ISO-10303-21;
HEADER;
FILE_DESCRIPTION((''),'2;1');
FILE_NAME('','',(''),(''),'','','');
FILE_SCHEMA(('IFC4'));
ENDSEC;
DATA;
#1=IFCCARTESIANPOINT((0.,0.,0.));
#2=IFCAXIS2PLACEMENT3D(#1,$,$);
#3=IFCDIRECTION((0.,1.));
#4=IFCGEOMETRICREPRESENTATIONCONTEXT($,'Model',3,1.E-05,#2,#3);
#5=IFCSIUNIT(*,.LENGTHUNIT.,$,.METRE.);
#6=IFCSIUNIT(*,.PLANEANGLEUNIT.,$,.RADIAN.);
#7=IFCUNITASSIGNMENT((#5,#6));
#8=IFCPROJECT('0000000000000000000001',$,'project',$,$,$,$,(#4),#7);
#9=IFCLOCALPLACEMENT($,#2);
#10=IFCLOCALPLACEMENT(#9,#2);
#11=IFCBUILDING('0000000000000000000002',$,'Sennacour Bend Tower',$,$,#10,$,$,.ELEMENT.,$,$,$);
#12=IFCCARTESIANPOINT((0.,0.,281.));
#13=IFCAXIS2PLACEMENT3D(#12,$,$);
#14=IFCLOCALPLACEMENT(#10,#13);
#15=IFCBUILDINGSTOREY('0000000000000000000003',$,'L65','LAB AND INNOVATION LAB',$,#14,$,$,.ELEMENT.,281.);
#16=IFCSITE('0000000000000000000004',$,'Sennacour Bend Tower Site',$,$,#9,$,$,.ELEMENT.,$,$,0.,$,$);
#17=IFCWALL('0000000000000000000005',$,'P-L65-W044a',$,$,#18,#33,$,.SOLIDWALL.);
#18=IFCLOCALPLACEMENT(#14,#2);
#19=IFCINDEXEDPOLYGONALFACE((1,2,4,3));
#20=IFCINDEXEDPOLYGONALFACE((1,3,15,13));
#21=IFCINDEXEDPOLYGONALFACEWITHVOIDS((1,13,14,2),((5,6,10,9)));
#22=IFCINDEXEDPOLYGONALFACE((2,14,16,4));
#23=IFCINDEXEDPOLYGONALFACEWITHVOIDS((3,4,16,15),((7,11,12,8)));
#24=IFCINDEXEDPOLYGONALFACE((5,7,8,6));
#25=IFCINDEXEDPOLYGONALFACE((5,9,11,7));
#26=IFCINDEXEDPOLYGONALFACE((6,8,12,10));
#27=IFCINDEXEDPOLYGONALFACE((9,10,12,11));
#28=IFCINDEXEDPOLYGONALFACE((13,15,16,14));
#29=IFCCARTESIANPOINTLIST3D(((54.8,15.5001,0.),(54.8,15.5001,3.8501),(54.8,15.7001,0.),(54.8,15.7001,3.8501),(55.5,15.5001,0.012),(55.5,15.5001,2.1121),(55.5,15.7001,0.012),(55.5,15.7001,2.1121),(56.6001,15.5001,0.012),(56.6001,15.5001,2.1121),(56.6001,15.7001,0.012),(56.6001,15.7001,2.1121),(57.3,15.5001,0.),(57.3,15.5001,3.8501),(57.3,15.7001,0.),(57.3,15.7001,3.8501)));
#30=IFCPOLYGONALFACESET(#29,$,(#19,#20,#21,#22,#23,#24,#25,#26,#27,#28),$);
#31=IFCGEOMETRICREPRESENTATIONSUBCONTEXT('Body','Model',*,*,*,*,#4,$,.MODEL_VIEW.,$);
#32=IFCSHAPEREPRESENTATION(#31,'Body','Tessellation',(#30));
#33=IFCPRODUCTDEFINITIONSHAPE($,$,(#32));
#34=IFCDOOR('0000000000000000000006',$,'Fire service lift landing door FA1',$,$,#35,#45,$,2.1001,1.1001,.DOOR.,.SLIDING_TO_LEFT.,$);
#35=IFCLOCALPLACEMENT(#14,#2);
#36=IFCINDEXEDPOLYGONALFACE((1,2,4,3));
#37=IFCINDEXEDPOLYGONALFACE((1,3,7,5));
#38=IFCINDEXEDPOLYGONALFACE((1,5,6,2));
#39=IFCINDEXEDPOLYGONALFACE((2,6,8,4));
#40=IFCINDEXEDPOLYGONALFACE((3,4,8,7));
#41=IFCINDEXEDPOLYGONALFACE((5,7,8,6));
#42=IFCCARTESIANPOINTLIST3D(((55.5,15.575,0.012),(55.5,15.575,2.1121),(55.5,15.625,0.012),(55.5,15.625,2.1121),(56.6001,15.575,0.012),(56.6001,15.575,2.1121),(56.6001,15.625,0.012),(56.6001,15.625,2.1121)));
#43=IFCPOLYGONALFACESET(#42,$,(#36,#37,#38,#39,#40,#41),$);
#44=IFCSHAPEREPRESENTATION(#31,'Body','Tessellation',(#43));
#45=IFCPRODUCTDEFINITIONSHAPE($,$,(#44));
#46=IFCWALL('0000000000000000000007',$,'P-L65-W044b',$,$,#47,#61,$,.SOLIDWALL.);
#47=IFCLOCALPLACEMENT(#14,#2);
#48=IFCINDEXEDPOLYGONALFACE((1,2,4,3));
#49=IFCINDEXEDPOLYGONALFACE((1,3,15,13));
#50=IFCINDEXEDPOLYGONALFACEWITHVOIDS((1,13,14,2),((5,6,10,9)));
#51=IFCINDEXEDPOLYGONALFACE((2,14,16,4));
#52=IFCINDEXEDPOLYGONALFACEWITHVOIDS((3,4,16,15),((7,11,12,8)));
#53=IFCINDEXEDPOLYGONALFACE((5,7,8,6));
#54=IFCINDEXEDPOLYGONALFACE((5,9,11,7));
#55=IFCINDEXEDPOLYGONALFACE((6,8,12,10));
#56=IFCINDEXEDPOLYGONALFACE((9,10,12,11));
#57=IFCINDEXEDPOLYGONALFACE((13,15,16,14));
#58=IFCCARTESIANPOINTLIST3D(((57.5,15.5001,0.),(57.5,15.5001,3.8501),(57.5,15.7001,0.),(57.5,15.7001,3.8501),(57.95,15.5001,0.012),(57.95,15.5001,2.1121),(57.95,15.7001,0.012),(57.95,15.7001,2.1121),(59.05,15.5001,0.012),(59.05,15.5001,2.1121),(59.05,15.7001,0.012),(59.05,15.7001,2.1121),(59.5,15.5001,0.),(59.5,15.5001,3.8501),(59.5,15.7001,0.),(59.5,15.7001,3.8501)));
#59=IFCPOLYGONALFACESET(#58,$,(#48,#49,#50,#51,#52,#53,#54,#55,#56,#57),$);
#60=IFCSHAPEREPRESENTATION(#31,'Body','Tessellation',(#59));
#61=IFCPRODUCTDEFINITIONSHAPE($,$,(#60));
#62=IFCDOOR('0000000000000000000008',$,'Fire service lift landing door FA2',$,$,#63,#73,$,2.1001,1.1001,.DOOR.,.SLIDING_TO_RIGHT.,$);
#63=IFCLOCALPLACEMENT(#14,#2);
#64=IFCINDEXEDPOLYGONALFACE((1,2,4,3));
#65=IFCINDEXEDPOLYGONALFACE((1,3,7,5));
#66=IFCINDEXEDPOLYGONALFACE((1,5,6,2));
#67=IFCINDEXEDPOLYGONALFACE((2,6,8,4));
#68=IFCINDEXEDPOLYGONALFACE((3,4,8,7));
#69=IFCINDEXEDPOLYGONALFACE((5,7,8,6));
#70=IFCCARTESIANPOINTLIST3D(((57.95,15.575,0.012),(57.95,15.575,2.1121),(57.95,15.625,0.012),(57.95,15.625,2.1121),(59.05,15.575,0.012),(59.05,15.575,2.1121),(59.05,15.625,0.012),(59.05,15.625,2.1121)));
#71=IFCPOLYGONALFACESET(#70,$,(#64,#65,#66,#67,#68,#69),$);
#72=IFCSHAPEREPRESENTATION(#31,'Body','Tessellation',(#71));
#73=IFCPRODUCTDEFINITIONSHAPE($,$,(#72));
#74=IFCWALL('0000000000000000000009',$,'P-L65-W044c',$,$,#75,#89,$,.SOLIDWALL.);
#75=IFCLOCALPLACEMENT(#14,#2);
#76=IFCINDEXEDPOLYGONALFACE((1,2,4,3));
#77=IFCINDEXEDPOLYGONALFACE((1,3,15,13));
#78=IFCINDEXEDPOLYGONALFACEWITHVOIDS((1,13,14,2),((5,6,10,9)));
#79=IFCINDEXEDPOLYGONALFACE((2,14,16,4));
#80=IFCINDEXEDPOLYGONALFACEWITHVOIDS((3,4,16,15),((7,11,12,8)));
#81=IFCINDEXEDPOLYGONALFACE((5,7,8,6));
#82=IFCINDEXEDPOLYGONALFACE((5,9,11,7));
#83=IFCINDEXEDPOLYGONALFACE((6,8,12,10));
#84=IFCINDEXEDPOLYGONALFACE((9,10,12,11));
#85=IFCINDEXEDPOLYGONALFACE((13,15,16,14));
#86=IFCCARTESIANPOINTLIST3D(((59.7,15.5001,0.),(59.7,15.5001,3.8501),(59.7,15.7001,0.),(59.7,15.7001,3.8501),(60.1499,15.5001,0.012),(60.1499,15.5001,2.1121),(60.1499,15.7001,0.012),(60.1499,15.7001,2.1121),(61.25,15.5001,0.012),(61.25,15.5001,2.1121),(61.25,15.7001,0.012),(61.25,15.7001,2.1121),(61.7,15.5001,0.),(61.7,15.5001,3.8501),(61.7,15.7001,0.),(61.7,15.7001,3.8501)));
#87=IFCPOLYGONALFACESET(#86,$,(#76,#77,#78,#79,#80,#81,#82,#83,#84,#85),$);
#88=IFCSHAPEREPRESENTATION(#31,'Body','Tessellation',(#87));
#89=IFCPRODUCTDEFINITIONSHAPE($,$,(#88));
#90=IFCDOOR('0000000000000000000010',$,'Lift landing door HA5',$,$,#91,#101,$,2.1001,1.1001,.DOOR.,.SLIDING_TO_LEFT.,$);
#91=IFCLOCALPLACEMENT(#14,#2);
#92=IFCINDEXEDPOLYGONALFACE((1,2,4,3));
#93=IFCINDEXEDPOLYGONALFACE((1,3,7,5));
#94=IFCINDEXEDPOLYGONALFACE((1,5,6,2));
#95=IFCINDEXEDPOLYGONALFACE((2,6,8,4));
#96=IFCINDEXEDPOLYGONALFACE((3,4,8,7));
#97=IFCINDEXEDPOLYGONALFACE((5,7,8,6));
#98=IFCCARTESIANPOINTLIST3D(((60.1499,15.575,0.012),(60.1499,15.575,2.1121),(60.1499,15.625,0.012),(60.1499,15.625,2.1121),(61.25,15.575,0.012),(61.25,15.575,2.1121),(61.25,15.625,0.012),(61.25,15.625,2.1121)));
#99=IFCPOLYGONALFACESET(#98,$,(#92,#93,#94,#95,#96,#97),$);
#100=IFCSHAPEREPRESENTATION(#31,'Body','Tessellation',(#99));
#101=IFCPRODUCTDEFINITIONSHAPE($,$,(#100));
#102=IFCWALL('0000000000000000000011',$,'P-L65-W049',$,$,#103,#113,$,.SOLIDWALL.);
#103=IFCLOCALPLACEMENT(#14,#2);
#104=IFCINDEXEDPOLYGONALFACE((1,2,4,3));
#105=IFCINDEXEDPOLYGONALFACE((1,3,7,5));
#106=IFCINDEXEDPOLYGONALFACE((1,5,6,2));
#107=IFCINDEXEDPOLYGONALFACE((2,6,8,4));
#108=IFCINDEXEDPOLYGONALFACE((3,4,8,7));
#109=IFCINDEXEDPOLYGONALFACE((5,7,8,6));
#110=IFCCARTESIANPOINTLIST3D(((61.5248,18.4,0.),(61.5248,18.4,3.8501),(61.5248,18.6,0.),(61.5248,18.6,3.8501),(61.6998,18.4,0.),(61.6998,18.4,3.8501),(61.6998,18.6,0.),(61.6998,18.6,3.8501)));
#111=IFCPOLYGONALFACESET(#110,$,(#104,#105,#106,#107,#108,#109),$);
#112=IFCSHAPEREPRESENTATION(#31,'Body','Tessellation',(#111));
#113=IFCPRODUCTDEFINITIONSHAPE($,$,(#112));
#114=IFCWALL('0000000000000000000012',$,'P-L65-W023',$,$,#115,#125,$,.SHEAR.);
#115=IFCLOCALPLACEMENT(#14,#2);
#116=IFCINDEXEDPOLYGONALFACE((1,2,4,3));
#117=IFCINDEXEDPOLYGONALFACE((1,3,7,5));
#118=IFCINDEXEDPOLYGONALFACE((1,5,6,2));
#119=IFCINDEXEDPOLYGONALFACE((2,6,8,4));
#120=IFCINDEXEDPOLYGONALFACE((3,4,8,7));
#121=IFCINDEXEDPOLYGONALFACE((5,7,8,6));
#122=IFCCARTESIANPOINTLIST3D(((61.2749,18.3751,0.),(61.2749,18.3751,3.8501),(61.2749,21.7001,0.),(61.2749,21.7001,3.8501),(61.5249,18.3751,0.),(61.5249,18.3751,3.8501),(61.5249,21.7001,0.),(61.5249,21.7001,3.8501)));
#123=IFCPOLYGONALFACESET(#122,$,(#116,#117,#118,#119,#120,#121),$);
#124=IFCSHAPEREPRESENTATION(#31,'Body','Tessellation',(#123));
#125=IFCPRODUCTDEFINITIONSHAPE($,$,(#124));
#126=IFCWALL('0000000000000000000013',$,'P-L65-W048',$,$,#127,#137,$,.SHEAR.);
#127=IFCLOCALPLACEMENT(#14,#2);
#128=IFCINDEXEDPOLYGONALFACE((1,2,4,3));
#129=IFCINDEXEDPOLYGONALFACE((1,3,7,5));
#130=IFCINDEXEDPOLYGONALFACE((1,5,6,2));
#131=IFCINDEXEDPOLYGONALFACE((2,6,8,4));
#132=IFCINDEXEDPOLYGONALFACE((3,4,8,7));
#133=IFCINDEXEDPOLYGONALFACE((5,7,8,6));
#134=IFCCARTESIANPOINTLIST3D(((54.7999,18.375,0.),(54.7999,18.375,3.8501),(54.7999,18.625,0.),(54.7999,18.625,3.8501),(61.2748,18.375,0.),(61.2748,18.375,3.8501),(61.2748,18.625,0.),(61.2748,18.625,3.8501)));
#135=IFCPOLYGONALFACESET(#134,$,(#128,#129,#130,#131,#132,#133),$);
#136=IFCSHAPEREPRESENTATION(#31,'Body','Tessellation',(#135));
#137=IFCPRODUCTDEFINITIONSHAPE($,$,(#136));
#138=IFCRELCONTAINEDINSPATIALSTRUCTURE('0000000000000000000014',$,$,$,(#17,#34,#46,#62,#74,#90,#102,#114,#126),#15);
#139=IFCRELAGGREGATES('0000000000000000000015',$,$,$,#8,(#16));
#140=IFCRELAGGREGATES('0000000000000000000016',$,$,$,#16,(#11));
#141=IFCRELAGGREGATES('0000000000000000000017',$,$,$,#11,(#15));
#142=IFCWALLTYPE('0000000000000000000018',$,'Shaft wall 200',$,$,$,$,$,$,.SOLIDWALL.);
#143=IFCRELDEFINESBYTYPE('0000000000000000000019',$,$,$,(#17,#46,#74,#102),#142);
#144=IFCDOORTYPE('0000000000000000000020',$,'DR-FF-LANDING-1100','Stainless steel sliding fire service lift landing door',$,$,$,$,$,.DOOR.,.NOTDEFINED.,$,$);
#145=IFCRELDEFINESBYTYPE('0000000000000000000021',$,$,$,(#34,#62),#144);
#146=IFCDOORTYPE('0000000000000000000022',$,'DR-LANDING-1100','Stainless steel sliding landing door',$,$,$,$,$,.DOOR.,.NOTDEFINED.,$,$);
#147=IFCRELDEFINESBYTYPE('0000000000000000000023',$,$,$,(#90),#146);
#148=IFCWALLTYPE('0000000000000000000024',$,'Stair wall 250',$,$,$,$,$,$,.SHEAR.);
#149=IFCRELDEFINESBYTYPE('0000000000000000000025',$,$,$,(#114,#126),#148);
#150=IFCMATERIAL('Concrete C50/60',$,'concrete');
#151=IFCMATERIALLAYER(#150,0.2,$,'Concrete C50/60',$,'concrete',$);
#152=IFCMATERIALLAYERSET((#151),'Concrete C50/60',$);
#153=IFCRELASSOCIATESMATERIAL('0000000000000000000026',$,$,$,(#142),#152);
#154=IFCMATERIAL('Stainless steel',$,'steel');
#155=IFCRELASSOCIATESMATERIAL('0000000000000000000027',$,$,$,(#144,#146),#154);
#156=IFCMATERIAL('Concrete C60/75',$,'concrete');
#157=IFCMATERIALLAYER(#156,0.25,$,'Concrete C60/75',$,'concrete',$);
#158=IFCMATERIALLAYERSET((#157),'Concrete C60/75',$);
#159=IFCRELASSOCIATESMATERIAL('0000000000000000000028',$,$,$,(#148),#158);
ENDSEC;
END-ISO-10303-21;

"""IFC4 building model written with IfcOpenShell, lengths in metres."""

from ifc_helpers import new_model, si_unit, direction, frame, frame_2d, origin, place, context, subcontext, project, spatial, rectangle, extrude, material, layer, layer_set, type_object, element, fill, save


model = new_model("IFC4")

# Units and contexts
model_context = context("Model", 3, precision=1e-05, world=origin(), true_north=direction((0.0, 1.0)))
body_context = subcontext(model_context, "Body", "Model", "MODEL_VIEW")
ifc_project = project(units=[si_unit("LENGTHUNIT", "METRE"), si_unit("PLANEANGLEUNIT", "RADIAN")], contexts=[model_context])

# Site, building, storey
site_placement = place(None, origin())
site = spatial("IfcSite", under=ifc_project, at=site_placement, Name="Sennacour Bend Tower Site", CompositionType="ELEMENT", RefElevation=0.0)
building_placement = place(site_placement, origin())
building = spatial("IfcBuilding", under=site, at=building_placement, Name="Sennacour Bend Tower", CompositionType="ELEMENT")
storey_placement = place(building_placement, frame((0.0, 0.0, 281.0)))
storey = spatial("IfcBuildingStorey", under=building, at=storey_placement, Name="L65", Description="LAB AND INNOVATION LAB", CompositionType="ELEMENT", Elevation=281.0)

# Shared definitions
ifc_material_1 = material(Name="Concrete C50/60", Category="concrete")
ifc_layer_1 = layer(ifc_material_1, 0.2, Name="Concrete C50/60", Category="concrete")
ifc_layer_set_1 = layer_set([ifc_layer_1], Name="Concrete C50/60")
wall_type_1 = type_object("IfcWallType", Name="Shaft wall 200", PredefinedType="SOLIDWALL", material=ifc_layer_set_1)

# Walls, openings, doors
wall_1_placement = place(storey_placement, frame((54.8, 15.6001, 0.0), z_axis=(0.0, 0.0, 1.0), x_axis=(1.0, 0.0, 0.0)))
wall_1 = element("IfcWall", 1, at=wall_1_placement, inside=storey, type_object=wall_type_1, Name="P-L65-W044a", PredefinedType="SOLIDWALL", context=body_context, shape_type="SweptSolid", body=[
    extrude(rectangle(XDim=2.5, YDim=0.2, at=frame_2d((1.25, 0.0))), origin(), (0.0, 0.0, 1.0), 3.8501),
])
opening_1_placement = place(wall_1_placement, frame((0.7, 0.0, 0.012)))
opening_1 = element("IfcOpeningElement", 2, at=opening_1_placement, cuts=wall_1, PredefinedType="OPENING", context=body_context, shape_type="SweptSolid", body=[
    extrude(rectangle(XDim=1.1001, YDim=2.1001, at=frame_2d((0.55, 1.05))), frame((0.0, 0.1099, 0.0), z_axis=(0.0, -1.0, 0.0), x_axis=(1.0, 0.0, 0.0)), (0.0, 0.0, 1.0), 0.22),
])
ifc_material_2 = material(Name="Stainless steel", Category="steel")
door_type_1 = type_object("IfcDoorType", Name="DR-FF-LANDING-1100", Description="Stainless steel sliding fire service lift landing door", OperationType="NOTDEFINED", PredefinedType="DOOR", material=ifc_material_2)
door_1_placement = place(opening_1_placement, origin())
door_1 = element("IfcDoor", 3, at=door_1_placement, inside=storey, type_object=door_type_1, Name="Fire service lift landing door FA1", OperationType="SLIDING_TO_LEFT", OverallHeight=2.1001, OverallWidth=1.1001, PredefinedType="DOOR", context=body_context, shape_type="SweptSolid", body=[
    extrude(rectangle(XDim=1.1001, YDim=2.1001, at=frame_2d((0.55, 1.05))), frame((0.0, 0.0249, 0.0), z_axis=(0.0, -1.0, 0.0), x_axis=(1.0, 0.0, 0.0)), (0.0, 0.0, 1.0), 0.05),
])
fill(opening_1, door_1)
wall_2_placement = place(storey_placement, frame((57.5, 15.6001, 0.0), z_axis=(0.0, 0.0, 1.0), x_axis=(1.0, 0.0, 0.0)))
wall_2 = element("IfcWall", 4, at=wall_2_placement, inside=storey, type_object=wall_type_1, Name="P-L65-W044b", PredefinedType="SOLIDWALL", context=body_context, shape_type="SweptSolid", body=[
    extrude(rectangle(XDim=2.0, YDim=0.2, at=frame_2d((1.0, 0.0))), origin(), (0.0, 0.0, 1.0), 3.8501),
])
opening_2_placement = place(wall_2_placement, frame((0.45, 0.0, 0.012)))
opening_2 = element("IfcOpeningElement", 5, at=opening_2_placement, cuts=wall_2, PredefinedType="OPENING", context=body_context, shape_type="SweptSolid", body=[
    extrude(rectangle(XDim=1.1001, YDim=2.1001, at=frame_2d((0.55, 1.05))), frame((0.0, 0.1099, 0.0), z_axis=(0.0, -1.0, 0.0), x_axis=(1.0, 0.0, 0.0)), (0.0, 0.0, 1.0), 0.22),
])
door_2_placement = place(opening_2_placement, origin())
door_2 = element("IfcDoor", 6, at=door_2_placement, inside=storey, type_object=door_type_1, Name="Fire service lift landing door FA2", OperationType="SLIDING_TO_RIGHT", OverallHeight=2.1001, OverallWidth=1.1001, PredefinedType="DOOR", context=body_context, shape_type="SweptSolid", body=[
    extrude(rectangle(XDim=1.1001, YDim=2.1001, at=frame_2d((0.55, 1.05))), frame((0.0, 0.0249, 0.0), z_axis=(0.0, -1.0, 0.0), x_axis=(1.0, 0.0, 0.0)), (0.0, 0.0, 1.0), 0.05),
])
fill(opening_2, door_2)
wall_3_placement = place(storey_placement, frame((59.7, 15.6001, 0.0), z_axis=(0.0, 0.0, 1.0), x_axis=(1.0, 0.0, 0.0)))
wall_3 = element("IfcWall", 7, at=wall_3_placement, inside=storey, type_object=wall_type_1, Name="P-L65-W044c", PredefinedType="SOLIDWALL", context=body_context, shape_type="SweptSolid", body=[
    extrude(rectangle(XDim=2.0, YDim=0.2, at=frame_2d((1.0, 0.0))), origin(), (0.0, 0.0, 1.0), 3.8501),
])
opening_3_placement = place(wall_3_placement, frame((0.45, 0.0, 0.012)))
opening_3 = element("IfcOpeningElement", 8, at=opening_3_placement, cuts=wall_3, PredefinedType="OPENING", context=body_context, shape_type="SweptSolid", body=[
    extrude(rectangle(XDim=1.1001, YDim=2.1001, at=frame_2d((0.55, 1.05))), frame((0.0, 0.1099, 0.0), z_axis=(0.0, -1.0, 0.0), x_axis=(1.0, 0.0, 0.0)), (0.0, 0.0, 1.0), 0.22),
])
door_type_2 = type_object("IfcDoorType", Name="DR-LANDING-1100", Description="Stainless steel sliding landing door", OperationType="NOTDEFINED", PredefinedType="DOOR", material=ifc_material_2)
door_3_placement = place(opening_3_placement, origin())
door_3 = element("IfcDoor", 9, at=door_3_placement, inside=storey, type_object=door_type_2, Name="Lift landing door HA5", OperationType="SLIDING_TO_LEFT", OverallHeight=2.1001, OverallWidth=1.1001, PredefinedType="DOOR", context=body_context, shape_type="SweptSolid", body=[
    extrude(rectangle(XDim=1.1001, YDim=2.1001, at=frame_2d((0.55, 1.05))), frame((0.0, 0.0249, 0.0), z_axis=(0.0, -1.0, 0.0), x_axis=(1.0, 0.0, 0.0)), (0.0, 0.0, 1.0), 0.05),
])
fill(opening_3, door_3)

# Walls
wall_4_placement = place(storey_placement, frame((61.5249, 18.5, 0.0), z_axis=(0.0, 0.0, 1.0), x_axis=(1.0, 0.0, 0.0)))
element("IfcWall", 10, at=wall_4_placement, inside=storey, type_object=wall_type_1, Name="P-L65-W049", PredefinedType="SOLIDWALL", context=body_context, shape_type="SweptSolid", body=[
    extrude(rectangle(XDim=0.175, YDim=0.2, at=frame_2d((0.0874, 0.0))), origin(), (0.0, 0.0, 1.0), 3.8501),
])
ifc_material_3 = material(Name="Concrete C60/75", Category="concrete")
ifc_layer_2 = layer(ifc_material_3, 0.25, Name="Concrete C60/75", Category="concrete")
ifc_layer_set_2 = layer_set([ifc_layer_2], Name="Concrete C60/75")
wall_type_2 = type_object("IfcWallType", Name="Stair wall 250", PredefinedType="SHEAR", material=ifc_layer_set_2)
wall_5_placement = place(storey_placement, frame((61.3999, 18.375, 0.0), z_axis=(0.0, 0.0, 1.0), x_axis=(0.0, 1.0, 0.0)))
element("IfcWall", 11, at=wall_5_placement, inside=storey, type_object=wall_type_2, Name="P-L65-W023", PredefinedType="SHEAR", context=body_context, shape_type="SweptSolid", body=[
    extrude(rectangle(XDim=3.325, YDim=0.25, at=frame_2d((1.6626, 0.0))), origin(), (0.0, 0.0, 1.0), 3.8501),
])
wall_6_placement = place(storey_placement, frame((54.8, 18.5, 0.0), z_axis=(0.0, 0.0, 1.0), x_axis=(1.0, 0.0, 0.0)))
element("IfcWall", 12, at=wall_6_placement, inside=storey, type_object=wall_type_2, Name="P-L65-W048", PredefinedType="SHEAR", context=body_context, shape_type="SweptSolid", body=[
    extrude(rectangle(XDim=6.4749, YDim=0.25, at=frame_2d((3.2373, 0.0))), origin(), (0.0, 0.0, 1.0), 3.8501),
])

save(model, "model.ifc")
